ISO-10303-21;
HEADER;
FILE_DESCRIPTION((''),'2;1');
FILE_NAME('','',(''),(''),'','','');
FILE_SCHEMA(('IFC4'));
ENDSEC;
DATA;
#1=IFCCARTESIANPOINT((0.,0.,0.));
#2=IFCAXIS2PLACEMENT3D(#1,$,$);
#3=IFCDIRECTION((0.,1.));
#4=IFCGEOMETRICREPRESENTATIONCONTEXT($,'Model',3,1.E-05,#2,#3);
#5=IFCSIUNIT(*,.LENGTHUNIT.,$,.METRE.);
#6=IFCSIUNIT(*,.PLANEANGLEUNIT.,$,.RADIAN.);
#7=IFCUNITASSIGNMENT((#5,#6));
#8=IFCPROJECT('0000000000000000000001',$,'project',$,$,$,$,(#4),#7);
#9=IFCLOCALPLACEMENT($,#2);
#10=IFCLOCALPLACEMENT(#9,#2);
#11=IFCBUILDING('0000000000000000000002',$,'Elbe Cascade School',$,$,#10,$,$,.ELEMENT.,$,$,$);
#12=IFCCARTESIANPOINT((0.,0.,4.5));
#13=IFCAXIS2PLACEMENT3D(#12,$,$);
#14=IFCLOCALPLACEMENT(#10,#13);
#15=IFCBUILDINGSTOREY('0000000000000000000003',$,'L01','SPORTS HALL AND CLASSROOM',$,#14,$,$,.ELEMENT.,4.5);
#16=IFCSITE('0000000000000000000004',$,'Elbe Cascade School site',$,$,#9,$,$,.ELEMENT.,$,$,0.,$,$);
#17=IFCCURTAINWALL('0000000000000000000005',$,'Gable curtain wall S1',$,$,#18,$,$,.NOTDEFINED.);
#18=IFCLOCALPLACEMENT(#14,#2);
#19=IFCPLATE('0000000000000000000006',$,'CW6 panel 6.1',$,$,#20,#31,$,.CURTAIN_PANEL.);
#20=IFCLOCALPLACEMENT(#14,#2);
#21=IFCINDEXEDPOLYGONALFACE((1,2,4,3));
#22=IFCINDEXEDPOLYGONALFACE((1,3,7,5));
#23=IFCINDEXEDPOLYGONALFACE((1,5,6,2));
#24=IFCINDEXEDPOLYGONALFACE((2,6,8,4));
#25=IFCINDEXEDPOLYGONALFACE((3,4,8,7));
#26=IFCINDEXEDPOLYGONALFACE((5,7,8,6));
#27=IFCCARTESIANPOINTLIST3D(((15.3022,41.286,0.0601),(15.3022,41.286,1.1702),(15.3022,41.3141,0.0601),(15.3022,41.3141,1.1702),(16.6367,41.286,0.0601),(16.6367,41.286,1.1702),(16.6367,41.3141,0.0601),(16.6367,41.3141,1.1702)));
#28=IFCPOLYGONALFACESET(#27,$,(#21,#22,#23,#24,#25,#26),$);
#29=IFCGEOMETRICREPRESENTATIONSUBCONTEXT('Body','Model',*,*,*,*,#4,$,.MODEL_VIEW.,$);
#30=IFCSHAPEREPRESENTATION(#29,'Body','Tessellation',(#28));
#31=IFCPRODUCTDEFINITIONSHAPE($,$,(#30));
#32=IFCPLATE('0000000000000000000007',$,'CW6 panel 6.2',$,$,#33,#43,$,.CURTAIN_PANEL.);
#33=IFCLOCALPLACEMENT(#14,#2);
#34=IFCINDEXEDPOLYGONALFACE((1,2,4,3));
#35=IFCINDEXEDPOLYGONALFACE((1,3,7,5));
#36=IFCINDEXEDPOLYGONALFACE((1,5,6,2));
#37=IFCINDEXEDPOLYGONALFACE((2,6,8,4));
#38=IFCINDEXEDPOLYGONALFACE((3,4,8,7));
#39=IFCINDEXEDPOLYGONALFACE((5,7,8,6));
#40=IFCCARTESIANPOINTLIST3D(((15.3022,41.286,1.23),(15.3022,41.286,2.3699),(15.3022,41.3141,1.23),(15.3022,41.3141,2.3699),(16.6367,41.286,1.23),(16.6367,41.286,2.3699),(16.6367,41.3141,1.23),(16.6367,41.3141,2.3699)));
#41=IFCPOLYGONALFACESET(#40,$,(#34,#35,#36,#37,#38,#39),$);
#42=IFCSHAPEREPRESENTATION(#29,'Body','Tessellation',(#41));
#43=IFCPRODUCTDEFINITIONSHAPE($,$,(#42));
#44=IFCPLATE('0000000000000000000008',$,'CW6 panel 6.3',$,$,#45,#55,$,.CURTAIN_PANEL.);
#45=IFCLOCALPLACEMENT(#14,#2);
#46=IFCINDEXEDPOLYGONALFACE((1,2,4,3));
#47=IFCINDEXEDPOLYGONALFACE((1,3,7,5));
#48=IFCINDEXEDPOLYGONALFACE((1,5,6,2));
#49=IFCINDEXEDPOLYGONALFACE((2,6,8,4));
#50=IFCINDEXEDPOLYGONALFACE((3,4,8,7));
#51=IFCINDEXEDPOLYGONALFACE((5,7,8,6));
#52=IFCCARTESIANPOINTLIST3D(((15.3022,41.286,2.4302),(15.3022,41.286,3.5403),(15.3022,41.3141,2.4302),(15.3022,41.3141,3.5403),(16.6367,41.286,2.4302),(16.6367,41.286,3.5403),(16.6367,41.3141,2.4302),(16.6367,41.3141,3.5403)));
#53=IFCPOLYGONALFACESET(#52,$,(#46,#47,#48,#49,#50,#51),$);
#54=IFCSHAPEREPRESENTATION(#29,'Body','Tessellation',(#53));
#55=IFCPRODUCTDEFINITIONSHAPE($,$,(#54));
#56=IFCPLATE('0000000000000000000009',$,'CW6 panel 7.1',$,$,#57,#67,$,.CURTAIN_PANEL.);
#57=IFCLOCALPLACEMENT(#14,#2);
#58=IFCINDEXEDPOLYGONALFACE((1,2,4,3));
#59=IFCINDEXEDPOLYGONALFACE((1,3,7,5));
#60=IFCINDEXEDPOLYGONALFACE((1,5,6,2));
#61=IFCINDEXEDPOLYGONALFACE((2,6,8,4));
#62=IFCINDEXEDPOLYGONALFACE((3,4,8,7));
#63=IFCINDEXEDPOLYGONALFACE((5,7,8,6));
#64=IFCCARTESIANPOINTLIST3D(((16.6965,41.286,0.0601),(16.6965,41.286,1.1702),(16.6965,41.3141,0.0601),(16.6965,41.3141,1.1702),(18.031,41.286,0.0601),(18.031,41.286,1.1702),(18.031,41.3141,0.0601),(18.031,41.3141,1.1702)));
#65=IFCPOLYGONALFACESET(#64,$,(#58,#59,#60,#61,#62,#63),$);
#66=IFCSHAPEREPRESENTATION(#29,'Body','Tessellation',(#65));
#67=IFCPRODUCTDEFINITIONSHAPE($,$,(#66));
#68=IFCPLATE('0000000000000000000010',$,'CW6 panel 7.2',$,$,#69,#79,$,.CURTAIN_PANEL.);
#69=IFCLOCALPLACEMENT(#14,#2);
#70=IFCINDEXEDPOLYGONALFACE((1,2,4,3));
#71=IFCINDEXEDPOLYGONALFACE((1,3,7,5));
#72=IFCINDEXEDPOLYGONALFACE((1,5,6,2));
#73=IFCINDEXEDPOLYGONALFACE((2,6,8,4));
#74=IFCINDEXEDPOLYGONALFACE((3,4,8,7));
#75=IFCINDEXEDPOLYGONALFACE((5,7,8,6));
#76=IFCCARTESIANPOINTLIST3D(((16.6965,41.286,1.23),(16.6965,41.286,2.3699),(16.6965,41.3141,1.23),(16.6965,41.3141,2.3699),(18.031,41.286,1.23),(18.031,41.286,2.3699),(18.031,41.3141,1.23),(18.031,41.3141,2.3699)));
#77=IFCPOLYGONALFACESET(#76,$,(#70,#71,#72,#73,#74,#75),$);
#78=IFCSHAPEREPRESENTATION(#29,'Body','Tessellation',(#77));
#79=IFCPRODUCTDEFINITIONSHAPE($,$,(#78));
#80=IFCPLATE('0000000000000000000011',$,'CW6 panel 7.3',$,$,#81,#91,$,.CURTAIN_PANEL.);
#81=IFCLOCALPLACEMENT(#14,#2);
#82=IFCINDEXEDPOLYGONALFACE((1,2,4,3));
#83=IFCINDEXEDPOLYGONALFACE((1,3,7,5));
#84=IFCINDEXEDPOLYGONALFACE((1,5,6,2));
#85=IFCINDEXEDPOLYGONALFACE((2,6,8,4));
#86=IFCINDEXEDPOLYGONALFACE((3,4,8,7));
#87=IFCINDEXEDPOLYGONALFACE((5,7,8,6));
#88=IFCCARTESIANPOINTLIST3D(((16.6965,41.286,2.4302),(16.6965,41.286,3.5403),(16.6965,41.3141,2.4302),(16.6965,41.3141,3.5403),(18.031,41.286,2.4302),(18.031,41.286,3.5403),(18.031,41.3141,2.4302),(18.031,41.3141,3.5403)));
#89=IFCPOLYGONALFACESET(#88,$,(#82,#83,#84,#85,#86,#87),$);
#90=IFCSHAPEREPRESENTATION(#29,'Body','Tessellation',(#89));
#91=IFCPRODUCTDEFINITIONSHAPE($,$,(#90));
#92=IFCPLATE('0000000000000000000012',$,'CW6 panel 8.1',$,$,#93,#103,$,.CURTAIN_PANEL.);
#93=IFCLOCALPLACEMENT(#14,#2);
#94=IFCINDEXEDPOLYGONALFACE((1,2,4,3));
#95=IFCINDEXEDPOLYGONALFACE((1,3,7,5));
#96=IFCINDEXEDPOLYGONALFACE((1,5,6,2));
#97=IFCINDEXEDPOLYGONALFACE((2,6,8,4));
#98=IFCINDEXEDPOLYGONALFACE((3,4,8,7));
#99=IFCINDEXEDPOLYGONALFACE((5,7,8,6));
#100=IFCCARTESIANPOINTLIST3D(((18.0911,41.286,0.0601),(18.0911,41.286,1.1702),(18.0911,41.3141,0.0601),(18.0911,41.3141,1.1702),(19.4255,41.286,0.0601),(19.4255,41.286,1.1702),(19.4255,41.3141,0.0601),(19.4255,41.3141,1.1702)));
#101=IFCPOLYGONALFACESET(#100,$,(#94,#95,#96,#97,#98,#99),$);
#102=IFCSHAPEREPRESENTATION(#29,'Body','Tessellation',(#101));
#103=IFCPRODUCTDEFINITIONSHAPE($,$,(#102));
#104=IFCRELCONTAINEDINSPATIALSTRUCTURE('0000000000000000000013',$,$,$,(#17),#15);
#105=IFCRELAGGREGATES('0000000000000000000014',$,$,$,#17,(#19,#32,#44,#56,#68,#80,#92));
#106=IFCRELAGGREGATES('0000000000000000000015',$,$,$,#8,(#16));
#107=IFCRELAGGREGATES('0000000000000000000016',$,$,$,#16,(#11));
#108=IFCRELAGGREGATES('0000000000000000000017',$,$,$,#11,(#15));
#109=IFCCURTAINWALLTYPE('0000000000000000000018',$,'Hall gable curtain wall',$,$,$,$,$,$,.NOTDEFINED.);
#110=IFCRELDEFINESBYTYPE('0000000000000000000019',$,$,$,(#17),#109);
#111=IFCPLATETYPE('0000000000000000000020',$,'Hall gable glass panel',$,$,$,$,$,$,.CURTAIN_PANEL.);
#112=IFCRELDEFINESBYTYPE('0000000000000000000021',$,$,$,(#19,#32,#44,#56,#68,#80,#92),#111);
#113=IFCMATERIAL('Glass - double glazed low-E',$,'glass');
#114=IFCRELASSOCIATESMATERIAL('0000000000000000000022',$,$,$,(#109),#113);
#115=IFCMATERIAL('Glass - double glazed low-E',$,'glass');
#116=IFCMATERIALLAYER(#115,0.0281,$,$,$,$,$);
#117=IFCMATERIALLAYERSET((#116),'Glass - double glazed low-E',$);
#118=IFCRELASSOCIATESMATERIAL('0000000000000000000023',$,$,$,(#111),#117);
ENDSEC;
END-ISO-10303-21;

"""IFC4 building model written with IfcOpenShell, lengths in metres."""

from ifc_helpers import new_model, si_unit, direction, frame, origin, origin_2d, place, context, subcontext, project, spatial, rectangle, extrude, material, layer, layer_set, type_object, element, aggregate, save


model = new_model("IFC4")

# Units and contexts
model_context = context("Model", 3, precision=1e-05, world=origin(), true_north=direction((0.0, 1.0)))
body_context = subcontext(model_context, "Body", "Model", "MODEL_VIEW")
ifc_project = project(units=[si_unit("LENGTHUNIT", "METRE"), si_unit("PLANEANGLEUNIT", "RADIAN")], contexts=[model_context])

# Site, building, storey
site_placement = place(None, origin())
site = spatial("IfcSite", under=ifc_project, at=site_placement, Name="Elbe Cascade School site", CompositionType="ELEMENT", RefElevation=0.0)
building_placement = place(site_placement, origin())
building = spatial("IfcBuilding", under=site, at=building_placement, Name="Elbe Cascade School", CompositionType="ELEMENT")
storey_placement = place(building_placement, frame((0.0, 0.0, 4.5)))
storey = spatial("IfcBuildingStorey", under=building, at=storey_placement, Name="L01", Description="SPORTS HALL AND CLASSROOM", CompositionType="ELEMENT", Elevation=4.5)

# Curtain wall, plates
ifc_material_1 = material(Name="Glass - double glazed low-E", Category="glass")
curtain_wall_type = type_object("IfcCurtainWallType", Name="Hall gable curtain wall", PredefinedType="NOTDEFINED", material=ifc_material_1)
curtain_wall_placement = place(storey_placement, origin())
curtain_wall = element("IfcCurtainWall", 1, at=curtain_wall_placement, inside=storey, type_object=curtain_wall_type, Name="Gable curtain wall S1", PredefinedType="NOTDEFINED")
ifc_material_2 = material(Name="Glass - double glazed low-E", Category="glass")
ifc_layer = layer(ifc_material_2, 0.0281)
ifc_layer_set = layer_set([ifc_layer], Name="Glass - double glazed low-E")
plate_type = type_object("IfcPlateType", Name="Hall gable glass panel", PredefinedType="CURTAIN_PANEL", material=ifc_layer_set)
plate_1_placement = place(storey_placement, frame((15.9695, 41.3, 0.0601), z_axis=(0.0, 0.0, 1.0), x_axis=(1.0, 0.0, 0.0)))
plate_1 = element("IfcPlate", 2, at=plate_1_placement, type_object=plate_type, Name="CW6 panel 6.1", PredefinedType="CURTAIN_PANEL", context=body_context, shape_type="SweptSolid", body=[
    extrude(rectangle(XDim=1.3345, YDim=0.0281, at=origin_2d()), origin(), (0.0, 0.0, 1.0), 1.1101),
])
plate_2_placement = place(storey_placement, frame((15.9695, 41.3, 1.23), z_axis=(0.0, 0.0, 1.0), x_axis=(1.0, 0.0, 0.0)))
plate_2 = element("IfcPlate", 3, at=plate_2_placement, type_object=plate_type, Name="CW6 panel 6.2", PredefinedType="CURTAIN_PANEL", context=body_context, shape_type="SweptSolid", body=[
    extrude(rectangle(XDim=1.3345, YDim=0.0281, at=origin_2d()), origin(), (0.0, 0.0, 1.0), 1.1399),
])
plate_3_placement = place(storey_placement, frame((15.9695, 41.3, 2.4302), z_axis=(0.0, 0.0, 1.0), x_axis=(1.0, 0.0, 0.0)))
plate_3 = element("IfcPlate", 4, at=plate_3_placement, type_object=plate_type, Name="CW6 panel 6.3", PredefinedType="CURTAIN_PANEL", context=body_context, shape_type="SweptSolid", body=[
    extrude(rectangle(XDim=1.3345, YDim=0.0281, at=origin_2d()), origin(), (0.0, 0.0, 1.0), 1.1101),
])
plate_4_placement = place(storey_placement, frame((17.3638, 41.3, 0.0601), z_axis=(0.0, 0.0, 1.0), x_axis=(1.0, 0.0, 0.0)))
plate_4 = element("IfcPlate", 5, at=plate_4_placement, type_object=plate_type, Name="CW6 panel 7.1", PredefinedType="CURTAIN_PANEL", context=body_context, shape_type="SweptSolid", body=[
    extrude(rectangle(XDim=1.3345, YDim=0.0281, at=origin_2d()), origin(), (0.0, 0.0, 1.0), 1.1101),
])
plate_5_placement = place(storey_placement, frame((17.3638, 41.3, 1.23), z_axis=(0.0, 0.0, 1.0), x_axis=(1.0, 0.0, 0.0)))
plate_5 = element("IfcPlate", 6, at=plate_5_placement, type_object=plate_type, Name="CW6 panel 7.2", PredefinedType="CURTAIN_PANEL", context=body_context, shape_type="SweptSolid", body=[
    extrude(rectangle(XDim=1.3345, YDim=0.0281, at=origin_2d()), origin(), (0.0, 0.0, 1.0), 1.1399),
])
plate_6_placement = place(storey_placement, frame((17.3638, 41.3, 2.4302), z_axis=(0.0, 0.0, 1.0), x_axis=(1.0, 0.0, 0.0)))
plate_6 = element("IfcPlate", 7, at=plate_6_placement, type_object=plate_type, Name="CW6 panel 7.3", PredefinedType="CURTAIN_PANEL", context=body_context, shape_type="SweptSolid", body=[
    extrude(rectangle(XDim=1.3345, YDim=0.0281, at=origin_2d()), origin(), (0.0, 0.0, 1.0), 1.1101),
])
plate_7_placement = place(storey_placement, frame((18.7583, 41.3, 0.0601), z_axis=(0.0, 0.0, 1.0), x_axis=(1.0, 0.0, 0.0)))
plate_7 = element("IfcPlate", 8, at=plate_7_placement, type_object=plate_type, Name="CW6 panel 8.1", PredefinedType="CURTAIN_PANEL", context=body_context, shape_type="SweptSolid", body=[
    extrude(rectangle(XDim=1.3345, YDim=0.0281, at=origin_2d()), origin(), (0.0, 0.0, 1.0), 1.1101),
])
aggregate(curtain_wall, [plate_1, plate_2, plate_3, plate_4, plate_5, plate_6, plate_7])

save(model, "model.ifc")
